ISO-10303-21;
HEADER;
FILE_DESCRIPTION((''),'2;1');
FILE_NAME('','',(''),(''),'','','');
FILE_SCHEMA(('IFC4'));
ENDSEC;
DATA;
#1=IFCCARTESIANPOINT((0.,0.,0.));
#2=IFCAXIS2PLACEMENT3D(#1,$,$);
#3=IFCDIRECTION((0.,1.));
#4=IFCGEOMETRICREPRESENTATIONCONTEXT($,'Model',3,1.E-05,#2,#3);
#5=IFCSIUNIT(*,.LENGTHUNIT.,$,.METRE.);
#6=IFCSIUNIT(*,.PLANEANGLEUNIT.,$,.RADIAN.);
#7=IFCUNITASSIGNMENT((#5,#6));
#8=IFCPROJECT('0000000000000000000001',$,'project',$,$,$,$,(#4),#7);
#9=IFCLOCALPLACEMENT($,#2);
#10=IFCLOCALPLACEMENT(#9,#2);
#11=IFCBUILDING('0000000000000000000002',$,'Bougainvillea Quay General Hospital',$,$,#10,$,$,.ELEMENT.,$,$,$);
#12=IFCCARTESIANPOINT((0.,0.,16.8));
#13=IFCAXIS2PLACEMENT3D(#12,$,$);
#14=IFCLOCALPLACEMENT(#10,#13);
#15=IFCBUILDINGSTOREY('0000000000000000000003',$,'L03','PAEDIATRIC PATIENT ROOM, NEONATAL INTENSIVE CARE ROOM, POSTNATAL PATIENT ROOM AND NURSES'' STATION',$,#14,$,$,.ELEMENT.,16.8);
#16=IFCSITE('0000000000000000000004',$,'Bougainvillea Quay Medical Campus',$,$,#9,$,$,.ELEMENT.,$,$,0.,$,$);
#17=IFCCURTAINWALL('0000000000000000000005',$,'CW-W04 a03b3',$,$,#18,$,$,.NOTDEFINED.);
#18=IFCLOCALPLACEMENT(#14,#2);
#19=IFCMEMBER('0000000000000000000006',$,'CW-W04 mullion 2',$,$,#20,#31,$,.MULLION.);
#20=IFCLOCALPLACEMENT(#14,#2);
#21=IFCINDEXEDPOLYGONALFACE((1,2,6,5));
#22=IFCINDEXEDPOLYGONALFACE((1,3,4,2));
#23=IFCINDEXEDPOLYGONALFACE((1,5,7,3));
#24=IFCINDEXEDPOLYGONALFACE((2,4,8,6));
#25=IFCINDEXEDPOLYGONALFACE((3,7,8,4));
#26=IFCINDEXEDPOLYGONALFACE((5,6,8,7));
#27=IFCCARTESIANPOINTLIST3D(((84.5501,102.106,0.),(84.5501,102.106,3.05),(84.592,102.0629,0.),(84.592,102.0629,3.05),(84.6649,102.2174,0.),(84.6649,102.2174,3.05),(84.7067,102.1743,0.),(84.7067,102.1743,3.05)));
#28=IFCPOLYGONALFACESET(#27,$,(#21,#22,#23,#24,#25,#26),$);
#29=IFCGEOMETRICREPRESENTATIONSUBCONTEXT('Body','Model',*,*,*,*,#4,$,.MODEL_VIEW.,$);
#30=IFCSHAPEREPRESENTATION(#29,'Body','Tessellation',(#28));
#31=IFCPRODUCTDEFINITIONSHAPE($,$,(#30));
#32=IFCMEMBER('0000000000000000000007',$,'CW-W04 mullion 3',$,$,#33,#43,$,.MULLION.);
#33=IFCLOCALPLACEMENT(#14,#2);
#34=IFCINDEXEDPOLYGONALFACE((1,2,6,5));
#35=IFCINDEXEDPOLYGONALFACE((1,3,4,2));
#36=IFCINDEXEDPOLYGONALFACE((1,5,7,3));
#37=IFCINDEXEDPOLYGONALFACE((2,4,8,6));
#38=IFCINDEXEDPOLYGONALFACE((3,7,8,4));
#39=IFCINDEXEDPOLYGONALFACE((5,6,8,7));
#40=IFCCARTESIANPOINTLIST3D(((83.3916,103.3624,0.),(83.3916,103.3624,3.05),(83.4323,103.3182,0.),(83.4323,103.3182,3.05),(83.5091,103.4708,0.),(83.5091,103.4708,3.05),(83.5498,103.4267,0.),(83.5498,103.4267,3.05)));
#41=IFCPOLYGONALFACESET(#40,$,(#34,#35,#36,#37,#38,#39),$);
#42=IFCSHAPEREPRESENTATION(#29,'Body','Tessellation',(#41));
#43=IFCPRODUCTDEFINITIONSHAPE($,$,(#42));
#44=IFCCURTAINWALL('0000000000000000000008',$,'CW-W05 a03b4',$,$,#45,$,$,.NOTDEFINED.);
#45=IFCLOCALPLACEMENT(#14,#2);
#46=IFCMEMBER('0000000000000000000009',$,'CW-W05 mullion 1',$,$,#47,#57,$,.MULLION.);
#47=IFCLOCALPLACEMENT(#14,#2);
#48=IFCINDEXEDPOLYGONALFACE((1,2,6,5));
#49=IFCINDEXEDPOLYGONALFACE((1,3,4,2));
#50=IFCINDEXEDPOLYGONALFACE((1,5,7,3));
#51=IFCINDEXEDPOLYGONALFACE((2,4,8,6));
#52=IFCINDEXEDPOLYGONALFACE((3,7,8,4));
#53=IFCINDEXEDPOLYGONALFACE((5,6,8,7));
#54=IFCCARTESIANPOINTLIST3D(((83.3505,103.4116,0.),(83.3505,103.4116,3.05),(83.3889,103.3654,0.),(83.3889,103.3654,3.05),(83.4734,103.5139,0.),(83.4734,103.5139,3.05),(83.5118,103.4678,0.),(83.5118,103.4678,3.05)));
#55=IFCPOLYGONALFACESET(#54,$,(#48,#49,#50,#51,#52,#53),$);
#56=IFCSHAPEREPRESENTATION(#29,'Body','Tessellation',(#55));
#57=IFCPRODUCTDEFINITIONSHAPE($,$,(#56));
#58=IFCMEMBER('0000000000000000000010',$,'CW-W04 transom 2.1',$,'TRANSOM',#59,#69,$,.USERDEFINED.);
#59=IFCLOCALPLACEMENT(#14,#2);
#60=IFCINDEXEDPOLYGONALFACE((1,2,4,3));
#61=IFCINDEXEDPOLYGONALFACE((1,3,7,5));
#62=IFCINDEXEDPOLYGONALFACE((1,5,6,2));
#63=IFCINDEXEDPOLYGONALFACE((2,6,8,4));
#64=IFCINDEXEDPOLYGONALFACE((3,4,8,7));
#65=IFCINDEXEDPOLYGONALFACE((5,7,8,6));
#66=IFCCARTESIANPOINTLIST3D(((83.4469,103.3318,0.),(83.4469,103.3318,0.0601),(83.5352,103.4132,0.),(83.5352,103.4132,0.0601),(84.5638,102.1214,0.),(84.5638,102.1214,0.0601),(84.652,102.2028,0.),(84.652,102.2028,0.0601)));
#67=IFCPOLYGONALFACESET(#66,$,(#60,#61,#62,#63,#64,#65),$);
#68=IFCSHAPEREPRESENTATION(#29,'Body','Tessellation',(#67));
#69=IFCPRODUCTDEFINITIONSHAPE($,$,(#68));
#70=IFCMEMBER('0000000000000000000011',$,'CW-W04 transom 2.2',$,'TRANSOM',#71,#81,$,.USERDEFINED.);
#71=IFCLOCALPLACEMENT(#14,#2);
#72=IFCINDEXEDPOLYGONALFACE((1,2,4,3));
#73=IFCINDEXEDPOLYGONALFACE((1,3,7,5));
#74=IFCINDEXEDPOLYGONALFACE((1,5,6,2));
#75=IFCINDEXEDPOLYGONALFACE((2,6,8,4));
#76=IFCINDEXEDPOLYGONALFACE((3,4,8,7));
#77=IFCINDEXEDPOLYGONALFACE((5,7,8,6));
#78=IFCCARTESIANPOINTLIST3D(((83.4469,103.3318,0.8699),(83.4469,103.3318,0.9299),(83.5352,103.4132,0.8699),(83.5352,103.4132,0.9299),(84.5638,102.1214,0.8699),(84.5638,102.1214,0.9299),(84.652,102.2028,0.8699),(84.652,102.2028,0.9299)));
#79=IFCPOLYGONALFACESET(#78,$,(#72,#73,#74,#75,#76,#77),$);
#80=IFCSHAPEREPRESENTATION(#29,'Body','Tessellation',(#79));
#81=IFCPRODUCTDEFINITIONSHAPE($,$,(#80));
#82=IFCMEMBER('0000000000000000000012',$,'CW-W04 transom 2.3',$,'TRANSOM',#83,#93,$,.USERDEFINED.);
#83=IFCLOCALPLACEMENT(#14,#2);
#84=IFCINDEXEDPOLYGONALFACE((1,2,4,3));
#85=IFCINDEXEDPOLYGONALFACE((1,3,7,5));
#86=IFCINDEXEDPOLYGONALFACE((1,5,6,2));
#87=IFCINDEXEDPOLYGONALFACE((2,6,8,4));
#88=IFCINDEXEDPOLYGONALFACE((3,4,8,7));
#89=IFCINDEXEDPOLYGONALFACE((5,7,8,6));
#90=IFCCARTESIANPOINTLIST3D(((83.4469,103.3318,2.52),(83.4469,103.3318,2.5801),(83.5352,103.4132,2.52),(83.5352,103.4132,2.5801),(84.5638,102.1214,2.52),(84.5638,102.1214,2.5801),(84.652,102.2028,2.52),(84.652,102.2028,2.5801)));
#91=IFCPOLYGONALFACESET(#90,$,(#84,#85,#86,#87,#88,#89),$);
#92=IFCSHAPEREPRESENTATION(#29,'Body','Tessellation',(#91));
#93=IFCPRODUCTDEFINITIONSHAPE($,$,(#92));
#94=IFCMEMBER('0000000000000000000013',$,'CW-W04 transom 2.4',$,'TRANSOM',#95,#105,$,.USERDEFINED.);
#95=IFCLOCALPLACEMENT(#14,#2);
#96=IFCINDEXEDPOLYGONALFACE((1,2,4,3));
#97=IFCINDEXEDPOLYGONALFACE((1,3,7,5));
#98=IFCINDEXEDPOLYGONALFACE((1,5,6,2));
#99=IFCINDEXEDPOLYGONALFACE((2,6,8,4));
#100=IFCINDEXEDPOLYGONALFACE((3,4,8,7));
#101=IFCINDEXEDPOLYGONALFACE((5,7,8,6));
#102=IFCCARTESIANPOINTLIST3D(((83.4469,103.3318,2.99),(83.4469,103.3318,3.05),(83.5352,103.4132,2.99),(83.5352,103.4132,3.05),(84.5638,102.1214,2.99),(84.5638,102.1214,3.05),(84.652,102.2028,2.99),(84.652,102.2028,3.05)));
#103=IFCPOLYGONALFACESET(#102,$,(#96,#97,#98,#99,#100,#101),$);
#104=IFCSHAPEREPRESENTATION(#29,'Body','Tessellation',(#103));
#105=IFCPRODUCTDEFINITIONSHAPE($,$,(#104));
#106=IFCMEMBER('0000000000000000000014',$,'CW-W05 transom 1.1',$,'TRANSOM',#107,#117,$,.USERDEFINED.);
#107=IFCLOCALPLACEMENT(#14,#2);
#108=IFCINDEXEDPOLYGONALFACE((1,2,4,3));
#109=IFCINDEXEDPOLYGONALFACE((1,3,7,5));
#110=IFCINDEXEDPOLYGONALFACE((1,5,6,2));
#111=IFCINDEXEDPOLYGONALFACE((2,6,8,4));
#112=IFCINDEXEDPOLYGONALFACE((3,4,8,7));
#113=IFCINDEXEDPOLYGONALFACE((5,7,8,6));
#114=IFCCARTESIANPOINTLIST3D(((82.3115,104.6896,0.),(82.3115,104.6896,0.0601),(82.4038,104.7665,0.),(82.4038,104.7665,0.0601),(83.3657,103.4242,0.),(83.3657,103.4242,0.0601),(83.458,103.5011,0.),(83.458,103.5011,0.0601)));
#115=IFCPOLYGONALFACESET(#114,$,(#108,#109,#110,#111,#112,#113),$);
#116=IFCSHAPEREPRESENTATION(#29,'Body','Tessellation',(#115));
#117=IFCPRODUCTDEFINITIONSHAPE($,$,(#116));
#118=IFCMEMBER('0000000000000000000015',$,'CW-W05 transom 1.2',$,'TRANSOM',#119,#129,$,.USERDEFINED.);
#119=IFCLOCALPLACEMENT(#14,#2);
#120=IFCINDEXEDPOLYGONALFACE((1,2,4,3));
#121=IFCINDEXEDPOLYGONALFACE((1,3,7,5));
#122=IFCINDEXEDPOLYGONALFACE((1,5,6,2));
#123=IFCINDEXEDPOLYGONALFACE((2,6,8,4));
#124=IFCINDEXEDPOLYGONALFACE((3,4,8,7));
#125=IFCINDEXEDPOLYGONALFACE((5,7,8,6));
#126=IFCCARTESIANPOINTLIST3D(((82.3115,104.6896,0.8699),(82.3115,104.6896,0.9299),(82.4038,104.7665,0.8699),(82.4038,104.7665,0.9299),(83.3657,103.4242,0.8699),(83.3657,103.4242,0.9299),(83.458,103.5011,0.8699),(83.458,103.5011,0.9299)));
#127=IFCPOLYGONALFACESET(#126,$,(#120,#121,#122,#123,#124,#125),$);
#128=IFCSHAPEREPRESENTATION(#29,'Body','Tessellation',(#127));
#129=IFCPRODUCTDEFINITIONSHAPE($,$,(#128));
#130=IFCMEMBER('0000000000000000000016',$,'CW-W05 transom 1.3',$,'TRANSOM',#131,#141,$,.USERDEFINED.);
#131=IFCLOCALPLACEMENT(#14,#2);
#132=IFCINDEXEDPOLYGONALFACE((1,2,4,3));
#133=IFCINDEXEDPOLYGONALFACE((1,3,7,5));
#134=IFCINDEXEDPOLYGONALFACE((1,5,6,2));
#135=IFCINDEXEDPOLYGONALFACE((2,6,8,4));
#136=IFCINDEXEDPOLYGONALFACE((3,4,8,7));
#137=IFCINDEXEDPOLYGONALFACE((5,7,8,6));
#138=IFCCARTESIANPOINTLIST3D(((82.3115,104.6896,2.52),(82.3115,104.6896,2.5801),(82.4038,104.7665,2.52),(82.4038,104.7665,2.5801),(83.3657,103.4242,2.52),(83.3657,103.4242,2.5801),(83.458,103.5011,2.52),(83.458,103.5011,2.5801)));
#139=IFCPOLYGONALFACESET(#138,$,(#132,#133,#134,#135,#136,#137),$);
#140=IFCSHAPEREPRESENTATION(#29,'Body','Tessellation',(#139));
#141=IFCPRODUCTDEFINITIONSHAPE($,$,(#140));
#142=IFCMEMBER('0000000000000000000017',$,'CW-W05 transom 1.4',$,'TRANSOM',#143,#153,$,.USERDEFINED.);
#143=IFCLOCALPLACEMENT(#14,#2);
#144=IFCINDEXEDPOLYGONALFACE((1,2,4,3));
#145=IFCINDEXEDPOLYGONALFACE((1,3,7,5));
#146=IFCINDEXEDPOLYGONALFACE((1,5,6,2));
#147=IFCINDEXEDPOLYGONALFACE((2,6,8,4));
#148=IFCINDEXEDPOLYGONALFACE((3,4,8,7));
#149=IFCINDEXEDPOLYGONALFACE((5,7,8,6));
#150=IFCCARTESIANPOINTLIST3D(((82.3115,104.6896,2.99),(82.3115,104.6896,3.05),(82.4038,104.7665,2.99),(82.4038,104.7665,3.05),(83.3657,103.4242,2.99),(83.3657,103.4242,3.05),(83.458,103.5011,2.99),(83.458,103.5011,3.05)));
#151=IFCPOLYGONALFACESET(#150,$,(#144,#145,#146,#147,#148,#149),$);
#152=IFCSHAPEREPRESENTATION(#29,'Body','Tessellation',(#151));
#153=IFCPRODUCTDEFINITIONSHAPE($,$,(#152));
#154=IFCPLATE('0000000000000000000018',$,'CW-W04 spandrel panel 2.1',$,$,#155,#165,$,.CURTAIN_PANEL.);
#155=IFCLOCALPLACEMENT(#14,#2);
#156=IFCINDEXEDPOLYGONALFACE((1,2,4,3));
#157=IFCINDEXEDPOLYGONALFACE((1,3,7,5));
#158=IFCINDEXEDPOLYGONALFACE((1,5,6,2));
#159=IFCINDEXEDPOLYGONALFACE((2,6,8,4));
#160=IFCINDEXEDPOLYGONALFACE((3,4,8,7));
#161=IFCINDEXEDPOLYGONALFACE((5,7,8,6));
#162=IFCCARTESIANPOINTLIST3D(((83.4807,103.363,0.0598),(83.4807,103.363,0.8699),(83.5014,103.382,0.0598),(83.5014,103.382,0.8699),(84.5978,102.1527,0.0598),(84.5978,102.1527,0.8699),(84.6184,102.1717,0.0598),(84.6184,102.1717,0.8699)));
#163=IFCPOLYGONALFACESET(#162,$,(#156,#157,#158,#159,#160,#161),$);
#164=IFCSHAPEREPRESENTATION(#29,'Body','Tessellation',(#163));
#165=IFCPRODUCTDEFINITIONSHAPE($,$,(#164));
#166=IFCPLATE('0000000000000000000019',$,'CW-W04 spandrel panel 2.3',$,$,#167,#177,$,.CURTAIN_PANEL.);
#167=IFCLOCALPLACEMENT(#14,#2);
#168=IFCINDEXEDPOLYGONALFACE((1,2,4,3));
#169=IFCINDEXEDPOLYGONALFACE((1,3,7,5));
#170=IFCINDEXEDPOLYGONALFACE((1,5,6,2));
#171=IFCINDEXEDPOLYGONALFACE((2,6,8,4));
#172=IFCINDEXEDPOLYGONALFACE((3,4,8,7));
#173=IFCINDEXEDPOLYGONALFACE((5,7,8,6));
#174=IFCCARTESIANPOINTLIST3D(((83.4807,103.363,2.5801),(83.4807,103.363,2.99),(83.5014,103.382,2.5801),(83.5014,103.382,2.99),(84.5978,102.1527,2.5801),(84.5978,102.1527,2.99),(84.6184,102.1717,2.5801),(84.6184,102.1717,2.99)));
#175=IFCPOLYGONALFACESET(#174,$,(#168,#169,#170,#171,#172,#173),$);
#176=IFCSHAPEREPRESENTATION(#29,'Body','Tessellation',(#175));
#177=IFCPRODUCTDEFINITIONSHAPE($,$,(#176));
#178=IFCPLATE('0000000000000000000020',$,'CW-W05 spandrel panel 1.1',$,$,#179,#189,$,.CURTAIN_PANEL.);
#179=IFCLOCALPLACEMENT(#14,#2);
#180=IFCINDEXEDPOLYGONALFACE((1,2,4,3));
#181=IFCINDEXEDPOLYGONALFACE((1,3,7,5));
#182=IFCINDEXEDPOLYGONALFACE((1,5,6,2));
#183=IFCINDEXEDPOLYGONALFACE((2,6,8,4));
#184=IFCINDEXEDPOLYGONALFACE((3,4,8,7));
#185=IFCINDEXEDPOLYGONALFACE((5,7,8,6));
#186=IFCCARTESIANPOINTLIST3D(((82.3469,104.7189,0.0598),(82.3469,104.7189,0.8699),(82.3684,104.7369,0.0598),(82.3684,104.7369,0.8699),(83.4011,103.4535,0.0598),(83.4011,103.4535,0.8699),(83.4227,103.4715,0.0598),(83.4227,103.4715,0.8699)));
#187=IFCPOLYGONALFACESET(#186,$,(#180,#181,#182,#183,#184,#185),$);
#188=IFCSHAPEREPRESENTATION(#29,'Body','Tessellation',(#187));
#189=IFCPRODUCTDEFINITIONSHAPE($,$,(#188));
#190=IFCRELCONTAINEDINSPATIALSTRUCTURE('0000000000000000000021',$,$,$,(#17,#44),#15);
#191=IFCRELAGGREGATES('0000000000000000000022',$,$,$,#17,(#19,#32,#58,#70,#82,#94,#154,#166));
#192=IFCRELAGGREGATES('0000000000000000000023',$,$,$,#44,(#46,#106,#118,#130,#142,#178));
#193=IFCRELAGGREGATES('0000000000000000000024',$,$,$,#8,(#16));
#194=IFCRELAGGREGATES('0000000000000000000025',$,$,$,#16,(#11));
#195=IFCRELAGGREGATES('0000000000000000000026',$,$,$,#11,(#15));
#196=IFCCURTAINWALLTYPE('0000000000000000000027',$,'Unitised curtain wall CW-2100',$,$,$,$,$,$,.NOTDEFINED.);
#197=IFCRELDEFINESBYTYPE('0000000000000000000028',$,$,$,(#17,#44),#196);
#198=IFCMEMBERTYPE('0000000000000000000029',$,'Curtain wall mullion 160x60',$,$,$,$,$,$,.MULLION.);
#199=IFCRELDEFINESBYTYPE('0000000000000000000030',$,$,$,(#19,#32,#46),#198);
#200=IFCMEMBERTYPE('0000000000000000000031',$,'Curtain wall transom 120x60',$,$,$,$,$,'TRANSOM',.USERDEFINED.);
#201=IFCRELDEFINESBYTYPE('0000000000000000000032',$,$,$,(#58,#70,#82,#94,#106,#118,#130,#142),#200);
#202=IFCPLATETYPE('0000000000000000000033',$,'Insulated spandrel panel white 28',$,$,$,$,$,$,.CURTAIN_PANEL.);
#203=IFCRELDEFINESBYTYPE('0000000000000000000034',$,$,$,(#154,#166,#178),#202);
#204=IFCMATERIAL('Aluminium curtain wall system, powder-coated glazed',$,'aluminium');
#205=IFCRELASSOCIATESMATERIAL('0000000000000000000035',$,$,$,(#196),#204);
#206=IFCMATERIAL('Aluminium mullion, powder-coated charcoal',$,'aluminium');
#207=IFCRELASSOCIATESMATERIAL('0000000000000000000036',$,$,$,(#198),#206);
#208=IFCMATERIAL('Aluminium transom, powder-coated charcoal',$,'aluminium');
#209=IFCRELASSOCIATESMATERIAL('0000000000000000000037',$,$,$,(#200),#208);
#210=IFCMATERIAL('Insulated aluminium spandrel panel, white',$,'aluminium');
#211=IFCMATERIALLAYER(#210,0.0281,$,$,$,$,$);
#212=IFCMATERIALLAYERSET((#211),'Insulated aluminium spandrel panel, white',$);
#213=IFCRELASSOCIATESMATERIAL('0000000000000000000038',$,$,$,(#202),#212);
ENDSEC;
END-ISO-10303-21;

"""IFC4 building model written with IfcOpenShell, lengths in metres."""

from ifc_helpers import new_model, si_unit, direction, frame, origin, origin_2d, place, context, subcontext, project, spatial, rectangle, extrude, material, layer, layer_set, material_profile, profile_set, type_object, element, aggregate, save


model = new_model("IFC4")

# Units and contexts
model_context = context("Model", 3, precision=1e-05, world=origin(), true_north=direction((0.0, 1.0)))
body_context = subcontext(model_context, "Body", "Model", "MODEL_VIEW")
ifc_project = project(units=[si_unit("LENGTHUNIT", "METRE"), si_unit("PLANEANGLEUNIT", "RADIAN")], contexts=[model_context])

# Site, building, storey
site_placement = place(None, origin())
site = spatial("IfcSite", under=ifc_project, at=site_placement, Name="Bougainvillea Quay Medical Campus", CompositionType="ELEMENT", RefElevation=0.0)
building_placement = place(site_placement, origin())
building = spatial("IfcBuilding", under=site, at=building_placement, Name="Bougainvillea Quay General Hospital", CompositionType="ELEMENT")
storey_placement = place(building_placement, frame((0.0, 0.0, 16.8)))
storey = spatial("IfcBuildingStorey", under=building, at=storey_placement, Name="L03", Description="PAEDIATRIC PATIENT ROOM, NEONATAL INTENSIVE CARE ROOM, POSTNATAL PATIENT ROOM AND NURSES' STATION", CompositionType="ELEMENT", Elevation=16.8)

# Curtain wall, members
ifc_material_1 = material(Name="Aluminium curtain wall system, powder-coated glazed", Category="aluminium")
curtain_wall_type = type_object("IfcCurtainWallType", Name="Unitised curtain wall CW-2100", PredefinedType="NOTDEFINED", material=ifc_material_1)
curtain_wall_1_placement = place(storey_placement, origin())
curtain_wall_1 = element("IfcCurtainWall", 1, at=curtain_wall_1_placement, inside=storey, type_object=curtain_wall_type, Name="CW-W04 a03b3", PredefinedType="NOTDEFINED")
ifc_material_2 = material(Name="Aluminium mullion, powder-coated charcoal", Category="aluminium")
ifc_material_profile_1 = material_profile(ifc_material_2, rectangle(XDim=0.1599, YDim=0.0601, at=origin_2d()))
ifc_profile_set_1 = profile_set([ifc_material_profile_1], Name="Aluminium mullion, powder-coated charcoal")
member_type_1 = type_object("IfcMemberType", Name="Curtain wall mullion 160x60", PredefinedType="MULLION", material=ifc_profile_set_1)
member_1_placement = place(storey_placement, frame((84.6284, 102.1401, 0.0), z_axis=(0.0, 0.0, 1.0), x_axis=(-0.717421, -0.696639, 0.0)))
member_1 = element("IfcMember", 2, at=member_1_placement, type_object=member_type_1, Name="CW-W04 mullion 2", PredefinedType="MULLION", context=body_context, shape_type="SweptSolid", body=[
    extrude(rectangle(XDim=0.1599, YDim=0.0601, at=origin_2d()), origin(), (0.0, 0.0, 1.0), 3.05),
])
member_2_placement = place(storey_placement, frame((83.4707, 103.3945, 0.0), z_axis=(0.0, 0.0, 1.0), x_axis=(-0.734855, -0.678224, 0.0)))
member_2 = element("IfcMember", 3, at=member_2_placement, type_object=member_type_1, Name="CW-W04 mullion 3", PredefinedType="MULLION", context=body_context, shape_type="SweptSolid", body=[
    extrude(rectangle(XDim=0.1599, YDim=0.0601, at=origin_2d()), origin(), (0.0, 0.0, 1.0), 3.05),
])

# Curtain wall, member
curtain_wall_2_placement = place(storey_placement, origin())
curtain_wall_2 = element("IfcCurtainWall", 4, at=curtain_wall_2_placement, inside=storey, type_object=curtain_wall_type, Name="CW-W05 a03b4", PredefinedType="NOTDEFINED")
member_3_placement = place(storey_placement, frame((83.4312, 103.4397, 0.0), z_axis=(0.0, 0.0, 1.0), x_axis=(-0.768295, -0.640096, 0.0)))
member_3 = element("IfcMember", 5, at=member_3_placement, type_object=member_type_1, Name="CW-W05 mullion 1", PredefinedType="MULLION", context=body_context, shape_type="SweptSolid", body=[
    extrude(rectangle(XDim=0.1599, YDim=0.0601, at=origin_2d()), origin(), (0.0, 0.0, 1.0), 3.05),
])

# Members
ifc_material_3 = material(Name="Aluminium transom, powder-coated charcoal", Category="aluminium")
ifc_material_profile_2 = material_profile(ifc_material_3, rectangle(XDim=0.1201, YDim=0.0601, at=origin_2d()))
ifc_profile_set_2 = profile_set([ifc_material_profile_2], Name="Aluminium transom, powder-coated charcoal")
member_type_2 = type_object("IfcMemberType", Name="Curtain wall transom 120x60", ElementType="TRANSOM", PredefinedType="USERDEFINED", material=ifc_profile_set_2)
member_4_placement = place(storey_placement, frame((84.6079, 102.1621, 0.03), z_axis=(-0.678151, 0.734923, 0.0), x_axis=(-0.734923, -0.678151, 0.0)))
member_4 = element("IfcMember", 6, at=member_4_placement, type_object=member_type_2, Name="CW-W04 transom 2.1", ObjectType="TRANSOM", PredefinedType="USERDEFINED", context=body_context, shape_type="SweptSolid", body=[
    extrude(rectangle(XDim=0.1201, YDim=0.0601, at=origin_2d()), origin(), (0.0, 0.0, 1.0), 1.647),
])
member_5_placement = place(storey_placement, frame((84.6079, 102.1621, 0.8999), z_axis=(-0.678151, 0.734923, 0.0), x_axis=(-0.734923, -0.678151, 0.0)))
member_5 = element("IfcMember", 7, at=member_5_placement, type_object=member_type_2, Name="CW-W04 transom 2.2", ObjectType="TRANSOM", PredefinedType="USERDEFINED", context=body_context, shape_type="SweptSolid", body=[
    extrude(rectangle(XDim=0.1201, YDim=0.0601, at=origin_2d()), origin(), (0.0, 0.0, 1.0), 1.647),
])
member_6_placement = place(storey_placement, frame((84.6079, 102.1621, 2.55), z_axis=(-0.678151, 0.734923, 0.0), x_axis=(-0.734923, -0.678151, 0.0)))
member_6 = element("IfcMember", 8, at=member_6_placement, type_object=member_type_2, Name="CW-W04 transom 2.3", ObjectType="TRANSOM", PredefinedType="USERDEFINED", context=body_context, shape_type="SweptSolid", body=[
    extrude(rectangle(XDim=0.1201, YDim=0.0601, at=origin_2d()), origin(), (0.0, 0.0, 1.0), 1.647),
])
member_7_placement = place(storey_placement, frame((84.6079, 102.1621, 3.02), z_axis=(-0.678151, 0.734923, 0.0), x_axis=(-0.734923, -0.678151, 0.0)))
member_7 = element("IfcMember", 9, at=member_7_placement, type_object=member_type_2, Name="CW-W04 transom 2.4", ObjectType="TRANSOM", PredefinedType="USERDEFINED", context=body_context, shape_type="SweptSolid", body=[
    extrude(rectangle(XDim=0.1201, YDim=0.0601, at=origin_2d()), origin(), (0.0, 0.0, 1.0), 1.647),
])
member_8_placement = place(storey_placement, frame((83.4119, 103.4626, 0.03), z_axis=(-0.640082, 0.768306, 0.0), x_axis=(-0.768306, -0.640082, 0.0)))
member_8 = element("IfcMember", 10, at=member_8_placement, type_object=member_type_2, Name="CW-W05 transom 1.1", ObjectType="TRANSOM", PredefinedType="USERDEFINED", context=body_context, shape_type="SweptSolid", body=[
    extrude(rectangle(XDim=0.1201, YDim=0.0601, at=origin_2d()), origin(), (0.0, 0.0, 1.0), 1.647),
])
member_9_placement = place(storey_placement, frame((83.4119, 103.4626, 0.8999), z_axis=(-0.640082, 0.768306, 0.0), x_axis=(-0.768306, -0.640082, 0.0)))
member_9 = element("IfcMember", 11, at=member_9_placement, type_object=member_type_2, Name="CW-W05 transom 1.2", ObjectType="TRANSOM", PredefinedType="USERDEFINED", context=body_context, shape_type="SweptSolid", body=[
    extrude(rectangle(XDim=0.1201, YDim=0.0601, at=origin_2d()), origin(), (0.0, 0.0, 1.0), 1.647),
])
member_10_placement = place(storey_placement, frame((83.4119, 103.4626, 2.55), z_axis=(-0.640082, 0.768306, 0.0), x_axis=(-0.768306, -0.640082, 0.0)))
member_10 = element("IfcMember", 12, at=member_10_placement, type_object=member_type_2, Name="CW-W05 transom 1.3", ObjectType="TRANSOM", PredefinedType="USERDEFINED", context=body_context, shape_type="SweptSolid", body=[
    extrude(rectangle(XDim=0.1201, YDim=0.0601, at=origin_2d()), origin(), (0.0, 0.0, 1.0), 1.647),
])
member_11_placement = place(storey_placement, frame((83.4119, 103.4626, 3.02), z_axis=(-0.640082, 0.768306, 0.0), x_axis=(-0.768306, -0.640082, 0.0)))
member_11 = element("IfcMember", 13, at=member_11_placement, type_object=member_type_2, Name="CW-W05 transom 1.4", ObjectType="TRANSOM", PredefinedType="USERDEFINED", context=body_context, shape_type="SweptSolid", body=[
    extrude(rectangle(XDim=0.1201, YDim=0.0601, at=origin_2d()), origin(), (0.0, 0.0, 1.0), 1.647),
])

# Plates
ifc_material_4 = material(Name="Insulated aluminium spandrel panel, white", Category="aluminium")
ifc_layer_1 = layer(ifc_material_4, 0.0281)
ifc_layer_set_1 = layer_set([ifc_layer_1], Name="Insulated aluminium spandrel panel, white")
plate_type_1 = type_object("IfcPlateType", Name="Insulated spandrel panel white 28", PredefinedType="CURTAIN_PANEL", material=ifc_layer_set_1)
plate_1_placement = place(storey_placement, frame((84.0496, 102.7673, 0.0598), z_axis=(0.0, 0.0, 1.0), x_axis=(-0.678224, 0.734855, 0.0)))
plate_1 = element("IfcPlate", 14, at=plate_1_placement, type_object=plate_type_1, Name="CW-W04 spandrel panel 2.1", PredefinedType="CURTAIN_PANEL", context=body_context, shape_type="SweptSolid", body=[
    extrude(rectangle(XDim=1.647, YDim=0.0281, at=origin_2d()), origin(), (0.0, 0.0, 1.0), 0.8101),
])
plate_2_placement = place(storey_placement, frame((84.0496, 102.7673, 2.5801), z_axis=(0.0, 0.0, 1.0), x_axis=(-0.678224, 0.734855, 0.0)))
plate_2 = element("IfcPlate", 15, at=plate_2_placement, type_object=plate_type_1, Name="CW-W04 spandrel panel 2.3", PredefinedType="CURTAIN_PANEL", context=body_context, shape_type="SweptSolid", body=[
    extrude(rectangle(XDim=1.647, YDim=0.0281, at=origin_2d()), origin(), (0.0, 0.0, 1.0), 0.4099),
])
plate_3_placement = place(storey_placement, frame((82.8848, 104.0952, 0.0598), z_axis=(0.0, 0.0, 1.0), x_axis=(-0.640096, 0.768295, 0.0)))
plate_3 = element("IfcPlate", 16, at=plate_3_placement, type_object=plate_type_1, Name="CW-W05 spandrel panel 1.1", PredefinedType="CURTAIN_PANEL", context=body_context, shape_type="SweptSolid", body=[
    extrude(rectangle(XDim=1.647, YDim=0.0281, at=origin_2d()), origin(), (0.0, 0.0, 1.0), 0.8101),
])
aggregate(curtain_wall_1, [member_1, member_2, member_4, member_5, member_6, member_7, plate_1, plate_2])
aggregate(curtain_wall_2, [member_3, member_8, member_9, member_10, member_11, plate_3])

save(model, "model.ifc")
